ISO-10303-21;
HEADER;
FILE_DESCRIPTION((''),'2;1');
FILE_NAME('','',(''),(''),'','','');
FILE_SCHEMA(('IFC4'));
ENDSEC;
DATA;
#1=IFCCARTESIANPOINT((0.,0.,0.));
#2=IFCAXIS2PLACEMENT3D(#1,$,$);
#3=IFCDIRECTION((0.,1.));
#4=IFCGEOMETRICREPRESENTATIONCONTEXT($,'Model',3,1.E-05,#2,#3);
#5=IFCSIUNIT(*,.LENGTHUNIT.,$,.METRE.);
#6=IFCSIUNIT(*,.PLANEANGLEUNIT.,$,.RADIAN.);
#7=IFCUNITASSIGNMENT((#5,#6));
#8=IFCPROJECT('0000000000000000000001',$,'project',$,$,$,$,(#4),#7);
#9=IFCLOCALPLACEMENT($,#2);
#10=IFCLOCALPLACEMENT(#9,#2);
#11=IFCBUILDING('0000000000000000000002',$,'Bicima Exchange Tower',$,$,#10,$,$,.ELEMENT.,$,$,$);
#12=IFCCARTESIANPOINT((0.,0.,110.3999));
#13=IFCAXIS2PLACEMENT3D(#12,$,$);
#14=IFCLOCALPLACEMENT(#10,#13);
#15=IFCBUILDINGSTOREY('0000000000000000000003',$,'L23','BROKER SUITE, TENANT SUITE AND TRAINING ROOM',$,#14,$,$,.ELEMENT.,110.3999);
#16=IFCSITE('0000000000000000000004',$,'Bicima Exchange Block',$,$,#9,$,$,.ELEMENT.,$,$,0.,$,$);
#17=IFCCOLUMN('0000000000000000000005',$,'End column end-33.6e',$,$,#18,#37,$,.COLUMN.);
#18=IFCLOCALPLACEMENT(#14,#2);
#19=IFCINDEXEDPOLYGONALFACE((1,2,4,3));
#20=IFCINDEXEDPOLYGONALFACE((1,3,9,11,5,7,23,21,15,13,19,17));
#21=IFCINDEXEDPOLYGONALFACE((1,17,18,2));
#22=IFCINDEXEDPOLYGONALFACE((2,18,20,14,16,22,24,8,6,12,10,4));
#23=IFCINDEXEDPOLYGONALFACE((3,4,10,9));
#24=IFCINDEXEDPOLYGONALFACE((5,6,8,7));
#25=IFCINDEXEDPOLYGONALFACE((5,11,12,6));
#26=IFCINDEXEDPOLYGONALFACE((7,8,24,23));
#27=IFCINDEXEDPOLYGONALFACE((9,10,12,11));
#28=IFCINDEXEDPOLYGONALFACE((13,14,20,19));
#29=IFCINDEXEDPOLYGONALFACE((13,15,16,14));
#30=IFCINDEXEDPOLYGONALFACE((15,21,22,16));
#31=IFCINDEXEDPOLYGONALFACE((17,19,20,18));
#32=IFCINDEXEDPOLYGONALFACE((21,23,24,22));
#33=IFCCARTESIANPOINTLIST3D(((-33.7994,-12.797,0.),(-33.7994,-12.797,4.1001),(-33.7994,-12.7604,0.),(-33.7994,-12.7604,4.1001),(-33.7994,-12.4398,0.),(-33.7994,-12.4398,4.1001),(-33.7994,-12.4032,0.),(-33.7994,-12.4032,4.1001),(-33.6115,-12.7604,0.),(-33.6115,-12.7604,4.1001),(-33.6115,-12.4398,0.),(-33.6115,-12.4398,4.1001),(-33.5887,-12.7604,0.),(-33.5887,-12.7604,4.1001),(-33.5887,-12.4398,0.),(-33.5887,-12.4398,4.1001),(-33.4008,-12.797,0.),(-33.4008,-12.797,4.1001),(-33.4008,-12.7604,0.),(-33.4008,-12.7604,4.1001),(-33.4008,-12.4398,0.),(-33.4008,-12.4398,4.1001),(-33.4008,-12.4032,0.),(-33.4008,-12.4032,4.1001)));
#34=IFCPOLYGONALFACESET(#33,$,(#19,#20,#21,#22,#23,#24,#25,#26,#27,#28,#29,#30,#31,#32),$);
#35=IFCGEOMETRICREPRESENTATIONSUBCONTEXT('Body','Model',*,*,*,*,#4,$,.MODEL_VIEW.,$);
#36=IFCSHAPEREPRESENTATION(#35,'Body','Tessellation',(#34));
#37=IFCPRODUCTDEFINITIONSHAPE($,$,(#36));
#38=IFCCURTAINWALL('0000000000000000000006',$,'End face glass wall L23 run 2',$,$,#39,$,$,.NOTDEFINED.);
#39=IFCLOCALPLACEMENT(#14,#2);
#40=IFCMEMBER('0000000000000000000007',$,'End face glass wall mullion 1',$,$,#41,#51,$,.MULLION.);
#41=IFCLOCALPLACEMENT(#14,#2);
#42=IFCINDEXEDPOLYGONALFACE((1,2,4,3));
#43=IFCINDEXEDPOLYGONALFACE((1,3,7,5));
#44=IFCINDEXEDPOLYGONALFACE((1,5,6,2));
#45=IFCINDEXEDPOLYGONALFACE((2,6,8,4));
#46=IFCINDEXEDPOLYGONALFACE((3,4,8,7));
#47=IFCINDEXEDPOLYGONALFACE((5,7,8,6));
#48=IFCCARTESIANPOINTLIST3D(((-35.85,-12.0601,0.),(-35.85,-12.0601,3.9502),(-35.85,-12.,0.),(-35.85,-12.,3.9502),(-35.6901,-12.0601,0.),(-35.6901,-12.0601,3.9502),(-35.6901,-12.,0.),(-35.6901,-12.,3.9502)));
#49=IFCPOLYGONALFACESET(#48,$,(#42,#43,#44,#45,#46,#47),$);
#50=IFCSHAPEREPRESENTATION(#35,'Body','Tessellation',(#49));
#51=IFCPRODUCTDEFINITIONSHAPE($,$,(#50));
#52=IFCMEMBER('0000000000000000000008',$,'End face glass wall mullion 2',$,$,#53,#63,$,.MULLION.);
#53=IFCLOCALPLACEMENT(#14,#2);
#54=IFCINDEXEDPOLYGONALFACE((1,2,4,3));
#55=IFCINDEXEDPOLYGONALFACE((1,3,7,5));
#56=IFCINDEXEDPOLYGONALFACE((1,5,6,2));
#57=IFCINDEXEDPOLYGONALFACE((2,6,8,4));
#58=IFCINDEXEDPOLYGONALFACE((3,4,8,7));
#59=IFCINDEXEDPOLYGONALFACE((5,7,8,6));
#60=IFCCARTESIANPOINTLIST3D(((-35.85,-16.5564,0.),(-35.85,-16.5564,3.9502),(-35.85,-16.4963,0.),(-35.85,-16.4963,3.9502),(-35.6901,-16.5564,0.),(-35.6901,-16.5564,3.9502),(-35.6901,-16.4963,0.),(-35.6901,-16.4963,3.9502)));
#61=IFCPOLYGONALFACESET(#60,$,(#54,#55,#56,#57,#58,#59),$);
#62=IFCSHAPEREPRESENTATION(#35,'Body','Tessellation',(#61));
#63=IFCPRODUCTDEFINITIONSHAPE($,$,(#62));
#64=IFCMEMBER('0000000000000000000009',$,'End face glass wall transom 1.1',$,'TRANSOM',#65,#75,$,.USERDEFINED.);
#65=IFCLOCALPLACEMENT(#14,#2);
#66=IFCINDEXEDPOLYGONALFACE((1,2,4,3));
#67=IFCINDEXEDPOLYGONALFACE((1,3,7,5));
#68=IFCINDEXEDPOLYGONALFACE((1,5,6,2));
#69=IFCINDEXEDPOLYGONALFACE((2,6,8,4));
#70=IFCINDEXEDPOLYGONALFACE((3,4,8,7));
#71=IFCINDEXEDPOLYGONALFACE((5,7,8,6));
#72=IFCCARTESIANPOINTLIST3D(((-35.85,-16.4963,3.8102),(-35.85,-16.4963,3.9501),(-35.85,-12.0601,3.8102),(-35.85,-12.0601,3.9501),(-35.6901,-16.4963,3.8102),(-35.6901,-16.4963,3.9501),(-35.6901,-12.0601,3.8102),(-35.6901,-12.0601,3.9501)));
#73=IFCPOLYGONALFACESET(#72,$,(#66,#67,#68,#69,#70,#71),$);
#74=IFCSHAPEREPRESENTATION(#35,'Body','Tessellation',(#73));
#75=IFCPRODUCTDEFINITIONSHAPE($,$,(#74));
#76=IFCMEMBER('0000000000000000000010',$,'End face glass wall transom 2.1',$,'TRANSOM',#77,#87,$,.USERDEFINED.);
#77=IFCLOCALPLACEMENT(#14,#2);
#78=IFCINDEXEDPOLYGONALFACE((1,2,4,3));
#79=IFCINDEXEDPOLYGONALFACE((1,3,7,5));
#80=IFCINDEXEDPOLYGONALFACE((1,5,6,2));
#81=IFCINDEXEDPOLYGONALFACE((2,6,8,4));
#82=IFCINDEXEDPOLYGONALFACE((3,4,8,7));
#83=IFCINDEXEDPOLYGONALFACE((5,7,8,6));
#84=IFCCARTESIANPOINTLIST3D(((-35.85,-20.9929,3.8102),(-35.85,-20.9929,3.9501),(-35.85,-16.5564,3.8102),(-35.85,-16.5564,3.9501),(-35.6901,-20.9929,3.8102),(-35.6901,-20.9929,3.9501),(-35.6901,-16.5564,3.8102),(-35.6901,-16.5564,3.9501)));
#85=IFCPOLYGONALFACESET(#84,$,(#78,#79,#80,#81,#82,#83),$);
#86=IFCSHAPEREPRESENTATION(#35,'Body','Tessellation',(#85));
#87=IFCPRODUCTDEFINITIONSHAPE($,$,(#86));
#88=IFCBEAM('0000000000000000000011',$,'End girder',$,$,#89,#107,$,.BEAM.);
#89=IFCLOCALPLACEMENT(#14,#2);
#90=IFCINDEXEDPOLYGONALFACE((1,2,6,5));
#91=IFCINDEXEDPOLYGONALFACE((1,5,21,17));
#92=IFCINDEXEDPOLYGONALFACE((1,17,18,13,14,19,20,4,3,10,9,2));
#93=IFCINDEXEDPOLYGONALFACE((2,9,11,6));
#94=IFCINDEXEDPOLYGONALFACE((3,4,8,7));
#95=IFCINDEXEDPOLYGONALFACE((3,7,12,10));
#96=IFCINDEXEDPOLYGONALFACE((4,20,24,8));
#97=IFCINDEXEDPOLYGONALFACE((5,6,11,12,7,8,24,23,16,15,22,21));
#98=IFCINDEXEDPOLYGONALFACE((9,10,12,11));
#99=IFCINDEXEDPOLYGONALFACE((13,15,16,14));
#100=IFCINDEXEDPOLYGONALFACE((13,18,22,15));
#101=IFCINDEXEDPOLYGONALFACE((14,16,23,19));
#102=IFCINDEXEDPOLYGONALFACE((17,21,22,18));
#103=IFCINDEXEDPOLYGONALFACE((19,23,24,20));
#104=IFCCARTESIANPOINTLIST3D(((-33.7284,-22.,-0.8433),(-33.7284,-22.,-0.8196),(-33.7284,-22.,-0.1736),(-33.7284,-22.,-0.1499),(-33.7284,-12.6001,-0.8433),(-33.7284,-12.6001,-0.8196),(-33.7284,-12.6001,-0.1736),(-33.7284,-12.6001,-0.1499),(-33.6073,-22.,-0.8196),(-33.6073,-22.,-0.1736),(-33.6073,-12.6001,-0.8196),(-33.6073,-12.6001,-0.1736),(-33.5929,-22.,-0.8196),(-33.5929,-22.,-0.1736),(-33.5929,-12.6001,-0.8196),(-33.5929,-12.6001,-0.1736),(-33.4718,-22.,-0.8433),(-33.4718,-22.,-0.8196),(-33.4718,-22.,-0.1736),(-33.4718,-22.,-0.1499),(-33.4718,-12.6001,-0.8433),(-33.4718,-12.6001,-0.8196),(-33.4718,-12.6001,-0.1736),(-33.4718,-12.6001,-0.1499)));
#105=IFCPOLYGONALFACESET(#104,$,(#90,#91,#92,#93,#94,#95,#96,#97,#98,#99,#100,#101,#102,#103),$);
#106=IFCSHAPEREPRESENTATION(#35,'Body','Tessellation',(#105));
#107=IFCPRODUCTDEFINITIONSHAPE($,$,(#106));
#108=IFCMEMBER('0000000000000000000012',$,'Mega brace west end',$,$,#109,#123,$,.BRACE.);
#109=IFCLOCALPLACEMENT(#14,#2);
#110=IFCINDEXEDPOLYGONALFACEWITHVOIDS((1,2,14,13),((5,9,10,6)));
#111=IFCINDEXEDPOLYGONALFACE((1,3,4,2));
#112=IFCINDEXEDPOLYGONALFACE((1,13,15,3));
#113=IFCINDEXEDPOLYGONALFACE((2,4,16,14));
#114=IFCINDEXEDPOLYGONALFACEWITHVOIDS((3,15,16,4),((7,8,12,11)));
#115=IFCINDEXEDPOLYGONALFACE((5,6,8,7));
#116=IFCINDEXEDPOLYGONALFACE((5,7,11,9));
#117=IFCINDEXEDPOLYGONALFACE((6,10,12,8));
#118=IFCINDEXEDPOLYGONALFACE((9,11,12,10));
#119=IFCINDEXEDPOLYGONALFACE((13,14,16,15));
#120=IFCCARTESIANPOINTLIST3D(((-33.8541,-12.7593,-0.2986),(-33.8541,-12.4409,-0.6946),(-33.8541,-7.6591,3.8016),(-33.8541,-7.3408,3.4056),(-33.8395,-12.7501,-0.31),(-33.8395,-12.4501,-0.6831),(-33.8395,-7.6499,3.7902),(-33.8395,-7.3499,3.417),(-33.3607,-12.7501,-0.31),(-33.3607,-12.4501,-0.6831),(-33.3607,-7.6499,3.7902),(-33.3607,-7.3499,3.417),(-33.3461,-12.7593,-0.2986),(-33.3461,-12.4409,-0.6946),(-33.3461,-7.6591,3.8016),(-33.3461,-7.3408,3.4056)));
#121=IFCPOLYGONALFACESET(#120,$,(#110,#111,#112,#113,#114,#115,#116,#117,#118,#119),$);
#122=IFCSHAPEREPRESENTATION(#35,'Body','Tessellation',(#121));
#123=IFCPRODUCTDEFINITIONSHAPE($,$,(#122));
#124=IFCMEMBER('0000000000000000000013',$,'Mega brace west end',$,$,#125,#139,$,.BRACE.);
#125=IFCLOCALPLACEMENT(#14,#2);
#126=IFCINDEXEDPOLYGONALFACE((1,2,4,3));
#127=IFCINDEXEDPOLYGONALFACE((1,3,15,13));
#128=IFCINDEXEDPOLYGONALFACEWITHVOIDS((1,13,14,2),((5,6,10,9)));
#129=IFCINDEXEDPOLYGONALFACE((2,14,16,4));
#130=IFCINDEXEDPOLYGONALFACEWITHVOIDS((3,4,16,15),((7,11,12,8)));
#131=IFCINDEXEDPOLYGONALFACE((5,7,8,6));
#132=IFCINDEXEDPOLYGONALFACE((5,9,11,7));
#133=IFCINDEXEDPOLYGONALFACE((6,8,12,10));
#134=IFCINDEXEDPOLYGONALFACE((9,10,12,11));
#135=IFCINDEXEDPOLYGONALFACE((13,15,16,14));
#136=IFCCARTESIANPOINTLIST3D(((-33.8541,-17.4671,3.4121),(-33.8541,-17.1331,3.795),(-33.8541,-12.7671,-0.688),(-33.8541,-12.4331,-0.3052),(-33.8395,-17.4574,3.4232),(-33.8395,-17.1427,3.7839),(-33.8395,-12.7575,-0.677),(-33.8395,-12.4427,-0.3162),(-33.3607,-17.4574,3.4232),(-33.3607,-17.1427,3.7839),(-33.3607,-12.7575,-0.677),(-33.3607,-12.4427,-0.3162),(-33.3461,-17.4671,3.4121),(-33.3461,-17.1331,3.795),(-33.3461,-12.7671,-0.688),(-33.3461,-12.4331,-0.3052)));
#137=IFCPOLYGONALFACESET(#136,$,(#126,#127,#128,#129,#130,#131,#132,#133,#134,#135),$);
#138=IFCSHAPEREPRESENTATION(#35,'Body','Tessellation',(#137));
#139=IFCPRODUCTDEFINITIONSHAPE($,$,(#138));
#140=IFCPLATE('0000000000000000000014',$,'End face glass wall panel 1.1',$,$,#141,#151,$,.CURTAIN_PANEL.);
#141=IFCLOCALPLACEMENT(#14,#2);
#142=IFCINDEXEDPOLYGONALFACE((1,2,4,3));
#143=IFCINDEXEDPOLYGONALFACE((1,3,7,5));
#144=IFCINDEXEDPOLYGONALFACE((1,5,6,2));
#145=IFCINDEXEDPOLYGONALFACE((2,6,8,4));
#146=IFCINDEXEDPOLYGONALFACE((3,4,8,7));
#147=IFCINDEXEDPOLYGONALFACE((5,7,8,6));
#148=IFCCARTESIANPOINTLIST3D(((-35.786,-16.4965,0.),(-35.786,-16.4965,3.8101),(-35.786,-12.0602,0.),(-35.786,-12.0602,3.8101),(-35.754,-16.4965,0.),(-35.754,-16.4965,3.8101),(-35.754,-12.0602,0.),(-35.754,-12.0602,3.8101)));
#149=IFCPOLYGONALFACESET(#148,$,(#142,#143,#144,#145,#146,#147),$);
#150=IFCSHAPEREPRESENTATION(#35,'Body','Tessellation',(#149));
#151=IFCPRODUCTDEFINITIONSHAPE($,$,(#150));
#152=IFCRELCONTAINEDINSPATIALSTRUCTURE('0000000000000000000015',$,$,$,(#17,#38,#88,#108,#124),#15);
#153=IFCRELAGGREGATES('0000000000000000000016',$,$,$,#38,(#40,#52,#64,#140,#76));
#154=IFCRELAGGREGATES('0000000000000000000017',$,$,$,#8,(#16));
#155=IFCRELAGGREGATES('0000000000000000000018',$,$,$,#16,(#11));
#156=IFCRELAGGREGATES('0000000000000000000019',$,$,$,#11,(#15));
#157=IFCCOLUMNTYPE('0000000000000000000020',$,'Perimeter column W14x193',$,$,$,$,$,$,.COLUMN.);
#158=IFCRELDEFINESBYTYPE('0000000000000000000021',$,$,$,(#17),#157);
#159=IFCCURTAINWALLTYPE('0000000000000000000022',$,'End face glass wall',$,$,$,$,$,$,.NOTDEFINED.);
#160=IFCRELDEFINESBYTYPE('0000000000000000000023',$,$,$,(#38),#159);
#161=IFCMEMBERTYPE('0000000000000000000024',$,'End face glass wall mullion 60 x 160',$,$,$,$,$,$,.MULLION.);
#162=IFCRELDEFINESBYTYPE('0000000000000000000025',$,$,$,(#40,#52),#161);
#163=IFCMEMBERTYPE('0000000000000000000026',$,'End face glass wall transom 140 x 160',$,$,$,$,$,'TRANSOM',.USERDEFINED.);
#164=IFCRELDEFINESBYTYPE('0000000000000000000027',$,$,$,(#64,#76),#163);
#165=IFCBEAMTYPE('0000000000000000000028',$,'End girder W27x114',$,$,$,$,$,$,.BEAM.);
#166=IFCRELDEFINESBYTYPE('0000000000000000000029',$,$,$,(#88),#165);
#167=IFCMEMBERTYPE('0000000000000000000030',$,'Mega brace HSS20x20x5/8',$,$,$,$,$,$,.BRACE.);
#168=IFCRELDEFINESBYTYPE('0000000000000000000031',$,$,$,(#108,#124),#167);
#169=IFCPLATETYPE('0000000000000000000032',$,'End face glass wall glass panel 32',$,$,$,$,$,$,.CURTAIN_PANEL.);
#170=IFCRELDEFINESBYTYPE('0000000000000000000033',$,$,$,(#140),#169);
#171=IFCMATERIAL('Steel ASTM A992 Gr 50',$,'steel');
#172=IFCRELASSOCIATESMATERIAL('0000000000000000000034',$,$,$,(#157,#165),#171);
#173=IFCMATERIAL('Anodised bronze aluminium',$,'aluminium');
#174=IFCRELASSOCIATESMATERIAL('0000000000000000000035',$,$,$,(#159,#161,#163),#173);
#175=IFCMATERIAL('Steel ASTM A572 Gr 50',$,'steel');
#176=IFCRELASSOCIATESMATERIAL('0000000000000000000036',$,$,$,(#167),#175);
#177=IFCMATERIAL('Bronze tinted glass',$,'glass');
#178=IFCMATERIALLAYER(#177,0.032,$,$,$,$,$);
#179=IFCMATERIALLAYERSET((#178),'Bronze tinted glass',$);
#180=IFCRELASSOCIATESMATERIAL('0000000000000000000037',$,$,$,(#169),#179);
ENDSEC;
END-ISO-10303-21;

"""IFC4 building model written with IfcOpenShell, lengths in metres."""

from ifc_helpers import new_model, si_unit, direction, frame, origin, origin_2d, place, context, subcontext, project, spatial, rectangle, hollow_rectangle, i_section, extrude, material, layer, layer_set, material_profile, profile_set, type_object, element, aggregate, save


model = new_model("IFC4")

# Units and contexts
model_context = context("Model", 3, precision=1e-05, world=origin(), true_north=direction((0.0, 1.0)))
body_context = subcontext(model_context, "Body", "Model", "MODEL_VIEW")
ifc_project = project(units=[si_unit("LENGTHUNIT", "METRE"), si_unit("PLANEANGLEUNIT", "RADIAN")], contexts=[model_context])

# Site, building, storey
site_placement = place(None, origin())
site = spatial("IfcSite", under=ifc_project, at=site_placement, Name="Bicima Exchange Block", CompositionType="ELEMENT", RefElevation=0.0)
building_placement = place(site_placement, origin())
building = spatial("IfcBuilding", under=site, at=building_placement, Name="Bicima Exchange Tower", CompositionType="ELEMENT")
storey_placement = place(building_placement, frame((0.0, 0.0, 110.3999)))
storey = spatial("IfcBuildingStorey", under=building, at=storey_placement, Name="L23", Description="BROKER SUITE, TENANT SUITE AND TRAINING ROOM", CompositionType="ELEMENT", Elevation=110.3999)

# Column
ifc_material_1 = material(Name="Steel ASTM A992 Gr 50", Category="steel")
ifc_material_profile_1 = material_profile(ifc_material_1, i_section(OverallWidth=0.3987, OverallDepth=0.3938, WebThickness=0.0227, FlangeThickness=0.0366, at=origin_2d()))
ifc_profile_set_1 = profile_set([ifc_material_profile_1], Name="Steel ASTM A992 Gr 50")
column_type = type_object("IfcColumnType", Name="Perimeter column W14x193", PredefinedType="COLUMN", material=ifc_profile_set_1)
column_placement = place(storey_placement, frame((-33.6001, -12.6001, 0.0), z_axis=(0.0, 0.0, 1.0), x_axis=(1.0, 0.0, 0.0)))
element("IfcColumn", 1, at=column_placement, inside=storey, type_object=column_type, Name="End column end-33.6e", PredefinedType="COLUMN", context=body_context, shape_type="SweptSolid", body=[
    extrude(i_section(OverallWidth=0.3987, OverallDepth=0.3938, WebThickness=0.0227, FlangeThickness=0.0366, at=origin_2d()), origin(), (0.0, 0.0, 1.0), 4.1001),
])

# Curtain wall, members
ifc_material_2 = material(Name="Anodised bronze aluminium", Category="aluminium")
curtain_wall_type = type_object("IfcCurtainWallType", Name="End face glass wall", PredefinedType="NOTDEFINED", material=ifc_material_2)
curtain_wall_placement = place(storey_placement, origin())
curtain_wall = element("IfcCurtainWall", 2, at=curtain_wall_placement, inside=storey, type_object=curtain_wall_type, Name="End face glass wall L23 run 2", PredefinedType="NOTDEFINED")
ifc_material_profile_2 = material_profile(ifc_material_2, rectangle(XDim=0.1599, YDim=0.0601, at=origin_2d()))
ifc_profile_set_2 = profile_set([ifc_material_profile_2], Name="Anodised bronze aluminium")
member_type_1 = type_object("IfcMemberType", Name="End face glass wall mullion 60 x 160", PredefinedType="MULLION", material=ifc_profile_set_2)
member_1_placement = place(storey_placement, frame((-35.77, -12.03, 0.0), z_axis=(0.0, 0.0, 1.0), x_axis=(1.0, 0.0, 0.0)))
member_1 = element("IfcMember", 3, at=member_1_placement, type_object=member_type_1, Name="End face glass wall mullion 1", PredefinedType="MULLION", context=body_context, shape_type="SweptSolid", body=[
    extrude(rectangle(XDim=0.1599, YDim=0.0601, at=origin_2d()), origin(), (0.0, 0.0, 1.0), 3.9502),
])
member_2_placement = place(storey_placement, frame((-35.77, -16.5264, 0.0), z_axis=(0.0, 0.0, 1.0), x_axis=(1.0, 0.0, 0.0)))
member_2 = element("IfcMember", 4, at=member_2_placement, type_object=member_type_1, Name="End face glass wall mullion 2", PredefinedType="MULLION", context=body_context, shape_type="SweptSolid", body=[
    extrude(rectangle(XDim=0.1599, YDim=0.0601, at=origin_2d()), origin(), (0.0, 0.0, 1.0), 3.9502),
])
ifc_material_profile_3 = material_profile(ifc_material_2, rectangle(XDim=0.1599, YDim=0.1399, at=origin_2d()))
ifc_profile_set_3 = profile_set([ifc_material_profile_3], Name="Anodised bronze aluminium")
member_type_2 = type_object("IfcMemberType", Name="End face glass wall transom 140 x 160", ElementType="TRANSOM", PredefinedType="USERDEFINED", material=ifc_profile_set_3)
member_3_placement = place(storey_placement, frame((-35.77, -12.0601, 3.8801), z_axis=(0.0, -1.0, 0.0), x_axis=(1.0, 0.0, 0.0)))
member_3 = element("IfcMember", 5, at=member_3_placement, type_object=member_type_2, Name="End face glass wall transom 1.1", ObjectType="TRANSOM", PredefinedType="USERDEFINED", context=body_context, shape_type="SweptSolid", body=[
    extrude(rectangle(XDim=0.1599, YDim=0.1399, at=origin_2d()), origin(), (0.0, 0.0, 1.0), 4.4363),
])
member_4_placement = place(storey_placement, frame((-35.77, -16.5564, 3.8801), z_axis=(0.0, -1.0, 0.0), x_axis=(1.0, 0.0, 0.0)))
member_4 = element("IfcMember", 6, at=member_4_placement, type_object=member_type_2, Name="End face glass wall transom 2.1", ObjectType="TRANSOM", PredefinedType="USERDEFINED", context=body_context, shape_type="SweptSolid", body=[
    extrude(rectangle(XDim=0.1599, YDim=0.1399, at=origin_2d()), origin(), (0.0, 0.0, 1.0), 4.4365),
])

# Beam
ifc_material_profile_4 = material_profile(ifc_material_1, i_section(OverallWidth=0.2566, OverallDepth=0.6934, WebThickness=0.0144, FlangeThickness=0.0237, at=origin_2d()))
ifc_profile_set_4 = profile_set([ifc_material_profile_4], Name="Steel ASTM A992 Gr 50")
beam_type = type_object("IfcBeamType", Name="End girder W27x114", PredefinedType="BEAM", material=ifc_profile_set_4)
beam_placement = place(storey_placement, frame((-33.6001, -12.6001, -0.4966), z_axis=(0.0, -1.0, 0.0), x_axis=(1.0, 0.0, 0.0)))
element("IfcBeam", 7, at=beam_placement, inside=storey, type_object=beam_type, Name="End girder", PredefinedType="BEAM", context=body_context, shape_type="SweptSolid", body=[
    extrude(i_section(OverallWidth=0.2566, OverallDepth=0.6934, WebThickness=0.0144, FlangeThickness=0.0237, at=origin_2d()), origin(), (0.0, 0.0, 1.0), 9.3999),
])

# Members
ifc_material_3 = material(Name="Steel ASTM A572 Gr 50", Category="steel")
ifc_material_profile_5 = material_profile(ifc_material_3, hollow_rectangle(XDim=0.5081, YDim=0.5081, WallThickness=0.0146, at=origin_2d()))
ifc_profile_set_5 = profile_set([ifc_material_profile_5], Name="Steel ASTM A572 Gr 50")
member_type_3 = type_object("IfcMemberType", Name="Mega brace HSS20x20x5/8", PredefinedType="BRACE", material=ifc_profile_set_5)
member_5_placement = place(storey_placement, frame((-33.6001, -12.6001, -0.4966), z_axis=(0.0, 0.779374, 0.626559), x_axis=(-1.0, 0.0, 0.0)))
element("IfcMember", 8, at=member_5_placement, inside=storey, type_object=member_type_3, Name="Mega brace west end", PredefinedType="BRACE", context=body_context, shape_type="SweptSolid", body=[
    extrude(hollow_rectangle(XDim=0.5081, YDim=0.5081, WallThickness=0.0146, at=origin_2d()), origin(), (0.0, 0.0, 1.0), 6.5439),
])
member_6_placement = place(storey_placement, frame((-33.6001, -12.6001, -0.4966), z_axis=(0.0, -0.753558, 0.657382), x_axis=(1.0, 0.0, 0.0)))
element("IfcMember", 9, at=member_6_placement, inside=storey, type_object=member_type_3, Name="Mega brace west end", PredefinedType="BRACE", context=body_context, shape_type="SweptSolid", body=[
    extrude(hollow_rectangle(XDim=0.5081, YDim=0.5081, WallThickness=0.0146, at=origin_2d()), origin(), (0.0, 0.0, 1.0), 6.2371),
])

# Plate
ifc_material_4 = material(Name="Bronze tinted glass", Category="glass")
ifc_layer_1 = layer(ifc_material_4, 0.032)
ifc_layer_set_1 = layer_set([ifc_layer_1], Name="Bronze tinted glass")
plate_type = type_object("IfcPlateType", Name="End face glass wall glass panel 32", PredefinedType="CURTAIN_PANEL", material=ifc_layer_set_1)
plate_placement = place(storey_placement, frame((-35.77, -14.2783, 0.0), z_axis=(0.0, 0.0, 1.0), x_axis=(0.0, -1.0, 0.0)))
plate = element("IfcPlate", 10, at=plate_placement, type_object=plate_type, Name="End face glass wall panel 1.1", PredefinedType="CURTAIN_PANEL", context=body_context, shape_type="SweptSolid", body=[
    extrude(rectangle(XDim=4.4363, YDim=0.032, at=origin_2d()), origin(), (0.0, 0.0, 1.0), 3.8101),
])
aggregate(curtain_wall, [member_1, member_2, member_3, plate, member_4])

save(model, "model.ifc")
